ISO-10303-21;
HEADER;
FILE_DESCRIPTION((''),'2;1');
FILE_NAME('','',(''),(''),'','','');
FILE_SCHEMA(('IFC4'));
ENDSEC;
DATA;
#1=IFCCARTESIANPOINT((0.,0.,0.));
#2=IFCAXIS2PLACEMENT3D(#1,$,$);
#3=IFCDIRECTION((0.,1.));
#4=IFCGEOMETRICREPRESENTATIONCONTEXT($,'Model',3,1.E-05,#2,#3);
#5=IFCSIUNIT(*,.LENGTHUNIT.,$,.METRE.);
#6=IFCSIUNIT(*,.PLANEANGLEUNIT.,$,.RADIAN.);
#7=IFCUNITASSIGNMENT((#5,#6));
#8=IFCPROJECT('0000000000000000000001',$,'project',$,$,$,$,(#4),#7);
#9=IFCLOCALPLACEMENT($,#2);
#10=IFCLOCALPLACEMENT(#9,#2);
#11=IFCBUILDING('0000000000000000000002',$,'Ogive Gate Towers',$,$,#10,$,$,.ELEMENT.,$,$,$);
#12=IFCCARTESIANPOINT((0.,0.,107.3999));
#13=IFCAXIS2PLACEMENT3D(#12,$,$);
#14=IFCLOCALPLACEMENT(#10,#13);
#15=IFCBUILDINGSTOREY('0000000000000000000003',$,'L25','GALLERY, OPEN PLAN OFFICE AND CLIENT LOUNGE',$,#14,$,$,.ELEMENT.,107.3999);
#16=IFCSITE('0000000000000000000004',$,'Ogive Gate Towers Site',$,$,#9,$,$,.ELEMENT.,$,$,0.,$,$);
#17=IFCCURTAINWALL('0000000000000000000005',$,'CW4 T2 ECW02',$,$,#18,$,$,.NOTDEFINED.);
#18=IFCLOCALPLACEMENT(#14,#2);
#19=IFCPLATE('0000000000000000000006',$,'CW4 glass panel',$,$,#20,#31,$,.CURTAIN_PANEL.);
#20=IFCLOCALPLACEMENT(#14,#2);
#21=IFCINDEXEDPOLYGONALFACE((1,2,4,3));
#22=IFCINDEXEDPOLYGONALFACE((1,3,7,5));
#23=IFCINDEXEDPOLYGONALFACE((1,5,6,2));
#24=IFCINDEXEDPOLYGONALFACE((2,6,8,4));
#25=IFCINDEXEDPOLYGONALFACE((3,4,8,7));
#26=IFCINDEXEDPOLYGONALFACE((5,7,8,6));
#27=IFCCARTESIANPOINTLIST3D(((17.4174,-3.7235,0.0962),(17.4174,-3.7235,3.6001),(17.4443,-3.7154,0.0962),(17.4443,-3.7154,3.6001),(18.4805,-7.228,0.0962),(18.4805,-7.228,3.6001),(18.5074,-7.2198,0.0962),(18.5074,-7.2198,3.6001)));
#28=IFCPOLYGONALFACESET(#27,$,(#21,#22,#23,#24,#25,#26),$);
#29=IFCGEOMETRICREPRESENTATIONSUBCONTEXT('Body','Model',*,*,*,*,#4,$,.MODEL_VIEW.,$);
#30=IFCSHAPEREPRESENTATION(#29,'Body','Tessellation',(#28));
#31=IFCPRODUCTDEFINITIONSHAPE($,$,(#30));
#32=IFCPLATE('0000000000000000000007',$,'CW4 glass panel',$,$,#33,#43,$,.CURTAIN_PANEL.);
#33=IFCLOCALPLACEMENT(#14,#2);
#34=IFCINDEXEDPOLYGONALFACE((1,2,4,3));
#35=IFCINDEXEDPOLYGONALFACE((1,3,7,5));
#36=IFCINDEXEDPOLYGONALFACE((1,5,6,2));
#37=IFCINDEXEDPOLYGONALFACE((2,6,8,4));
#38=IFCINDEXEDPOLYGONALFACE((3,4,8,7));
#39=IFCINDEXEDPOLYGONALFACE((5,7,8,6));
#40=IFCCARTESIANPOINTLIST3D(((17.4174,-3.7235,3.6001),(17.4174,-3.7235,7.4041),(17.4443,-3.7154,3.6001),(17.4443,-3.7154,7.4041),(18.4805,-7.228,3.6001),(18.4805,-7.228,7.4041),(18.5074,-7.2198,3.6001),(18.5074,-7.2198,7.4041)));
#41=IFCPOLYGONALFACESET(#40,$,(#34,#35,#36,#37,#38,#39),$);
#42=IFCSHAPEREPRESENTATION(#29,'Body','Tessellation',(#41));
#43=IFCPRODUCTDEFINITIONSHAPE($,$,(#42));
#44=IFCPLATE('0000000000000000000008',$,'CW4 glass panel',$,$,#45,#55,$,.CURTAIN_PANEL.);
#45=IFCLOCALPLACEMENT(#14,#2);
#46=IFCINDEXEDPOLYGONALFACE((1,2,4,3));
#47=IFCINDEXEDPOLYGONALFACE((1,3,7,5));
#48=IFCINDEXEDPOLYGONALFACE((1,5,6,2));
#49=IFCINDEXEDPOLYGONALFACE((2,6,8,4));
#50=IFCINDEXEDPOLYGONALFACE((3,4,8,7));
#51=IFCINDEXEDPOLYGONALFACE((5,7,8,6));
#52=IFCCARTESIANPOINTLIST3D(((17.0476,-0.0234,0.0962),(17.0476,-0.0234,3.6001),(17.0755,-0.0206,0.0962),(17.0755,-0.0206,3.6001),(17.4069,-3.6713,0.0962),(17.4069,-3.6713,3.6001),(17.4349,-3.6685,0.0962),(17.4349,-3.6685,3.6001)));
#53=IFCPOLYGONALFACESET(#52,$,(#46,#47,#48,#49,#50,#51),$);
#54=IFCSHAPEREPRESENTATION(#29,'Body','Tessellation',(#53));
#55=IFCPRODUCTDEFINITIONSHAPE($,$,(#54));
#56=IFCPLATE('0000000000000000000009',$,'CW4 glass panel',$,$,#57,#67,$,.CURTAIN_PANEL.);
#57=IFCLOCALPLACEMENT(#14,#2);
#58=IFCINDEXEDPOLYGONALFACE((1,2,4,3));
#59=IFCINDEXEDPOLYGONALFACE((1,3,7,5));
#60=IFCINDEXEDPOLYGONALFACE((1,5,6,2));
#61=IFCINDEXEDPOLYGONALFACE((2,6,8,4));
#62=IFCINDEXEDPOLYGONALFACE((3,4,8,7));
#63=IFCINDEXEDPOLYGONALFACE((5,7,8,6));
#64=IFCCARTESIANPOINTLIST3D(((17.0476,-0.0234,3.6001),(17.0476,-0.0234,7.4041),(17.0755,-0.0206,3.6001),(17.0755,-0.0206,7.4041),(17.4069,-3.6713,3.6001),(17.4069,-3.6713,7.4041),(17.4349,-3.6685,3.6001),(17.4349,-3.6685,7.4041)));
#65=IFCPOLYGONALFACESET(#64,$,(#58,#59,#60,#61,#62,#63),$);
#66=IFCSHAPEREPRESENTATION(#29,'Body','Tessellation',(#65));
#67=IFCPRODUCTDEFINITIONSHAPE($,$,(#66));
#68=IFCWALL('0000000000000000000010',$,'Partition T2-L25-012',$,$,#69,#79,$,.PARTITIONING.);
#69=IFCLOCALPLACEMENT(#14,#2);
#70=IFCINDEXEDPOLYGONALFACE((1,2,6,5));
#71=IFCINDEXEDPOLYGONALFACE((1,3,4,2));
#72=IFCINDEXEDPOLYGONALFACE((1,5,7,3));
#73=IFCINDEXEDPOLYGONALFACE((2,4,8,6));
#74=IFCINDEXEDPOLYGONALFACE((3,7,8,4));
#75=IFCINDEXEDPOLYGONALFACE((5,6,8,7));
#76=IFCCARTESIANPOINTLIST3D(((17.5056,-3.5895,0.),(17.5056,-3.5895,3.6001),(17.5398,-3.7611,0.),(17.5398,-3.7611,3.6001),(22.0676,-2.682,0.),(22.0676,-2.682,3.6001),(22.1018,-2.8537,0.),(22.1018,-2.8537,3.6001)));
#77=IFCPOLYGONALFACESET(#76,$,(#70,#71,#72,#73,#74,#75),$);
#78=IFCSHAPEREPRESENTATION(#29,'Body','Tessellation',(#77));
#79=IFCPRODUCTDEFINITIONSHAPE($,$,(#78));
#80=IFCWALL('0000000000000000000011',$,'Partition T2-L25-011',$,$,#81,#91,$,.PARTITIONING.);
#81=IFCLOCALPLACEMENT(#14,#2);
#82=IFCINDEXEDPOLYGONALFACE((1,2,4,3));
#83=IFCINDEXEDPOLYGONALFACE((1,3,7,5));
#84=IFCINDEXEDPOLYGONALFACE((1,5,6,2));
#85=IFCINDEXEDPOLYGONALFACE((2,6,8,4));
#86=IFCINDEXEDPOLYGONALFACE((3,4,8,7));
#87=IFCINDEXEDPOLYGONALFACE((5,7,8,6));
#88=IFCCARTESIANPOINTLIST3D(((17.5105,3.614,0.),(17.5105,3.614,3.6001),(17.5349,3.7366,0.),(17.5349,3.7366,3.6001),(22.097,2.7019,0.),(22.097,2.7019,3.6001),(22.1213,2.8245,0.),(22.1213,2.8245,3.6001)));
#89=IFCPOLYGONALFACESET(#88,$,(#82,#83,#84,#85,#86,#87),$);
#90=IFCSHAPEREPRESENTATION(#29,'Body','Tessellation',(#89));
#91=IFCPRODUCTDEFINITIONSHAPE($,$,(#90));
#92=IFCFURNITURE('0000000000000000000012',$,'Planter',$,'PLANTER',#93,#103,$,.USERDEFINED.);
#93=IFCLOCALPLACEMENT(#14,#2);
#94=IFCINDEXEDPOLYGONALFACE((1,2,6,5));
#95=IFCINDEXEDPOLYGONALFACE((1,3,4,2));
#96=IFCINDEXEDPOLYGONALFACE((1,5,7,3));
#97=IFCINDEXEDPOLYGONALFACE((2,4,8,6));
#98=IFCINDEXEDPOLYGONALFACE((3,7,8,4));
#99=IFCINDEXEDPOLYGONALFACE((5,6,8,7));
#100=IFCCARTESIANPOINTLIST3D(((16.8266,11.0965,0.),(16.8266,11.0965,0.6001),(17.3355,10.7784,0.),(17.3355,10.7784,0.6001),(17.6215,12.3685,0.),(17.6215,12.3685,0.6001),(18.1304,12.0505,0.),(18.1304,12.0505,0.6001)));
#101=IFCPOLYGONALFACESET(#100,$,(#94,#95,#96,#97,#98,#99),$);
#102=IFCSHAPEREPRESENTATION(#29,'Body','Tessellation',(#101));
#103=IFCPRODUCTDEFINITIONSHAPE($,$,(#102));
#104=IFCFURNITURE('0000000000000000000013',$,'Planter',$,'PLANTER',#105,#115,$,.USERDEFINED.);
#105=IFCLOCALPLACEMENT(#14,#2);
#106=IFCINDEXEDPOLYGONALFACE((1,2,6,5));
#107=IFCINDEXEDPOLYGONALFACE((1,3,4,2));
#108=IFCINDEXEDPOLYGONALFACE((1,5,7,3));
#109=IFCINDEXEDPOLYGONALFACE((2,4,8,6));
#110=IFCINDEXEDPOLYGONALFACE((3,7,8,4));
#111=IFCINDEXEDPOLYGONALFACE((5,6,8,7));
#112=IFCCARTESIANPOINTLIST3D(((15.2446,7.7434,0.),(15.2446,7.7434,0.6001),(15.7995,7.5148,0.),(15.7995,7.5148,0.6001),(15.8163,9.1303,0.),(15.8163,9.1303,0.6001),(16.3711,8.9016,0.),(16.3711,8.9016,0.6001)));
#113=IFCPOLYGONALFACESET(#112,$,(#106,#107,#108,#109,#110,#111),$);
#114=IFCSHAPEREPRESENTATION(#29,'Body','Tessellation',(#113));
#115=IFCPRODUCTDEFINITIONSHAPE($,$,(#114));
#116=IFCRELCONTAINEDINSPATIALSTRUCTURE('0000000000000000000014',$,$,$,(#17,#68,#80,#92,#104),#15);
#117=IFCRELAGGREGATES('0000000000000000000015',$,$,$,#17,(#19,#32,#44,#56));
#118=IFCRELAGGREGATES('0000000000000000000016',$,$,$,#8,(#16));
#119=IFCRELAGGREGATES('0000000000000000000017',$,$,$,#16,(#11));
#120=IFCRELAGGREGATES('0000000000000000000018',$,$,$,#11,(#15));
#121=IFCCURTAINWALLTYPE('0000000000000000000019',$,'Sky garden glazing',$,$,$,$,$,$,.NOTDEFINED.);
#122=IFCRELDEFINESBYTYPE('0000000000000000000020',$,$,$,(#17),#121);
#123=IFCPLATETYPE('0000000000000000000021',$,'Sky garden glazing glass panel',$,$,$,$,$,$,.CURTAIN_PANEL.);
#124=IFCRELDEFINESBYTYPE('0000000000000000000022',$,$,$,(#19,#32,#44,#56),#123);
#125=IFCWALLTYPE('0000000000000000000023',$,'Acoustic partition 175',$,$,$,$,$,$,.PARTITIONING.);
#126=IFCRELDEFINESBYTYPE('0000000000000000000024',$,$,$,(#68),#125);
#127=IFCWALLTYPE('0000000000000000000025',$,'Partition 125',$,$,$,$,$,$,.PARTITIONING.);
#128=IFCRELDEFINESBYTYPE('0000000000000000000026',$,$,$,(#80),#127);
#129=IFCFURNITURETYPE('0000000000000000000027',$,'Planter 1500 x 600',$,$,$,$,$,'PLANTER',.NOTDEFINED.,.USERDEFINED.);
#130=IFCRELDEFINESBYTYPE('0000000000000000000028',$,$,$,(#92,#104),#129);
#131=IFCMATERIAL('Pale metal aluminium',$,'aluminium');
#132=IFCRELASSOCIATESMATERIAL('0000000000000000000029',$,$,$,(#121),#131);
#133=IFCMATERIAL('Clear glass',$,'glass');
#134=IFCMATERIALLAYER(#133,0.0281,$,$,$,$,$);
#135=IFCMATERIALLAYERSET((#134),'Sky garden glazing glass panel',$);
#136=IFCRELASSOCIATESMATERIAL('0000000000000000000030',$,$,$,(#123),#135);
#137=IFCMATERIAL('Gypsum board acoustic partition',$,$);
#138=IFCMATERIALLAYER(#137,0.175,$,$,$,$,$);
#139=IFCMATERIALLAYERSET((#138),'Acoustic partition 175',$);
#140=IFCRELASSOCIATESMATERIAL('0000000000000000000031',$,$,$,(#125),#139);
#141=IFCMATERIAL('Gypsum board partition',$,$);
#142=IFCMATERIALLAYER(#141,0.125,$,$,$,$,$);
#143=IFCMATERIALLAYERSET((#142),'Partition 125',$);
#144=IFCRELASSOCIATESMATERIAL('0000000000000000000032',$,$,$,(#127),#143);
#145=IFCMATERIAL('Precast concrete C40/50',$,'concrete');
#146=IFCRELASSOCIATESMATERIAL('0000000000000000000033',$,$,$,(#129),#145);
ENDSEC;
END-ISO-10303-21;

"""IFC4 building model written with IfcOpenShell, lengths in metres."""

from ifc_helpers import new_model, si_unit, direction, frame, frame_2d, origin, origin_2d, place, context, subcontext, project, spatial, rectangle, extrude, material, layer, layer_set, type_object, element, aggregate, save


model = new_model("IFC4")

# Units and contexts
model_context = context("Model", 3, precision=1e-05, world=origin(), true_north=direction((0.0, 1.0)))
body_context = subcontext(model_context, "Body", "Model", "MODEL_VIEW")
ifc_project = project(units=[si_unit("LENGTHUNIT", "METRE"), si_unit("PLANEANGLEUNIT", "RADIAN")], contexts=[model_context])

# Site, building, storey
site_placement = place(None, origin())
site = spatial("IfcSite", under=ifc_project, at=site_placement, Name="Ogive Gate Towers Site", CompositionType="ELEMENT", RefElevation=0.0)
building_placement = place(site_placement, origin())
building = spatial("IfcBuilding", under=site, at=building_placement, Name="Ogive Gate Towers", CompositionType="ELEMENT")
storey_placement = place(building_placement, frame((0.0, 0.0, 107.3999)))
storey = spatial("IfcBuildingStorey", under=building, at=storey_placement, Name="L25", Description="GALLERY, OPEN PLAN OFFICE AND CLIENT LOUNGE", CompositionType="ELEMENT", Elevation=107.3999)

# Shared definitions
ifc_material_1 = material(Name="Pale metal aluminium", Category="aluminium")
curtain_wall_type = type_object("IfcCurtainWallType", Name="Sky garden glazing", PredefinedType="NOTDEFINED", material=ifc_material_1)

# Curtain wall
curtain_wall_1_placement = place(storey_placement, origin())
curtain_wall_1 = element("IfcCurtainWall", 1, at=curtain_wall_1_placement, inside=storey, type_object=curtain_wall_type, Name="CW4 T2 ECW02", PredefinedType="NOTDEFINED")

# Plates
ifc_material_2 = material(Name="Clear glass", Category="glass")
ifc_layer_1 = layer(ifc_material_2, 0.0281)
ifc_layer_set_1 = layer_set([ifc_layer_1], Name="Sky garden glazing glass panel")
plate_type = type_object("IfcPlateType", Name="Sky garden glazing glass panel", PredefinedType="CURTAIN_PANEL", material=ifc_layer_set_1)
plate_1_placement = place(storey_placement, frame((17.9624, -5.4717, 0.0962), z_axis=(0.0, 0.0, 1.0), x_axis=(-0.290285, 0.95694, 0.0)))
plate_1 = element("IfcPlate", 2, at=plate_1_placement, type_object=plate_type, Name="CW4 glass panel", PredefinedType="CURTAIN_PANEL", context=body_context, shape_type="SweptSolid", body=[
    extrude(rectangle(XDim=3.6621, YDim=0.0281, at=origin_2d()), origin(), (0.0, 0.0, 1.0), 3.5039),
])
plate_2_placement = place(storey_placement, frame((17.9624, -5.4717, 3.6001), z_axis=(0.0, 0.0, 1.0), x_axis=(-0.290285, 0.95694, 0.0)))
plate_2 = element("IfcPlate", 3, at=plate_2_placement, type_object=plate_type, Name="CW4 glass panel", PredefinedType="CURTAIN_PANEL", context=body_context, shape_type="SweptSolid", body=[
    extrude(rectangle(XDim=3.6621, YDim=0.0281, at=origin_2d()), origin(), (0.0, 0.0, 1.0), 3.804),
])
plate_3_placement = place(storey_placement, frame((17.2412, -1.8459, 0.0962), z_axis=(0.0, 0.0, 1.0), x_axis=(-0.098035, 0.995183, 0.0)))
plate_3 = element("IfcPlate", 4, at=plate_3_placement, type_object=plate_type, Name="CW4 glass panel", PredefinedType="CURTAIN_PANEL", context=body_context, shape_type="SweptSolid", body=[
    extrude(rectangle(XDim=3.6655, YDim=0.0281, at=origin_2d()), origin(), (0.0, 0.0, 1.0), 3.5039),
])
plate_4_placement = place(storey_placement, frame((17.2412, -1.8459, 3.6001), z_axis=(0.0, 0.0, 1.0), x_axis=(-0.098035, 0.995183, 0.0)))
plate_4 = element("IfcPlate", 5, at=plate_4_placement, type_object=plate_type, Name="CW4 glass panel", PredefinedType="CURTAIN_PANEL", context=body_context, shape_type="SweptSolid", body=[
    extrude(rectangle(XDim=3.6655, YDim=0.0281, at=origin_2d()), origin(), (0.0, 0.0, 1.0), 3.804),
])
aggregate(curtain_wall_1, [plate_1, plate_2, plate_3, plate_4])

# Wall
ifc_material_3 = material(Name="Gypsum board acoustic partition")
ifc_layer_2 = layer(ifc_material_3, 0.175)
ifc_layer_set_2 = layer_set([ifc_layer_2], Name="Acoustic partition 175")
wall_type_1 = type_object("IfcWallType", Name="Acoustic partition 175", PredefinedType="PARTITIONING", material=ifc_layer_set_2)
wall_1_placement = place(storey_placement, frame((17.5227, -3.6753, 0.0), z_axis=(0.0, 0.0, 1.0), x_axis=(0.980784, 0.195097, 0.0)))
element("IfcWall", 6, at=wall_1_placement, inside=storey, type_object=wall_type_1, Name="Partition T2-L25-012", PredefinedType="PARTITIONING", context=body_context, shape_type="SweptSolid", body=[
    extrude(rectangle(XDim=4.6514, YDim=0.175, at=frame_2d((2.3257, 0.0))), origin(), (0.0, 0.0, 1.0), 3.6001),
])

# Wall
ifc_material_4 = material(Name="Gypsum board partition")
ifc_layer_3 = layer(ifc_material_4, 0.125)
ifc_layer_set_3 = layer_set([ifc_layer_3], Name="Partition 125")
wall_type_2 = type_object("IfcWallType", Name="Partition 125", PredefinedType="PARTITIONING", material=ifc_layer_set_3)
wall_2_placement = place(storey_placement, frame((17.5227, 3.6753, 0.0), z_axis=(0.0, 0.0, 1.0), x_axis=(0.980793, -0.195052, 0.0)))
element("IfcWall", 7, at=wall_2_placement, inside=storey, type_object=wall_type_2, Name="Partition T2-L25-011", PredefinedType="PARTITIONING", context=body_context, shape_type="SweptSolid", body=[
    extrude(rectangle(XDim=4.6763, YDim=0.125, at=frame_2d((2.3381, 0.0))), origin(), (0.0, 0.0, 1.0), 3.6001),
])

# Furniture
ifc_material_5 = material(Name="Precast concrete C40/50", Category="concrete")
furniture_type = type_object("IfcFurnitureType", Name="Planter 1500 x 600", ElementType="PLANTER", AssemblyPlace="NOTDEFINED", PredefinedType="USERDEFINED", material=ifc_material_5)
for number, where, z_axis, x_axis, name in (
    (8, (17.4785, 11.5735, 0.0), (0.0, 0.0, 1.0), (-0.529919, -0.848048, 0.0), "Planter"),
    (9, (15.8079, 8.3225, 0.0), (0.0, 0.0, 1.0), (-0.38107, -0.924546, 0.0), "Planter"),
):
    element("IfcFurniture", number, at=place(storey_placement, frame(where, z_axis=z_axis, x_axis=x_axis)), inside=storey, type_object=furniture_type, Name=name, ObjectType="PLANTER", PredefinedType="USERDEFINED", context=body_context, shape_type="SweptSolid", body=[
        extrude(rectangle(XDim=1.5, YDim=0.6001, at=origin_2d()), origin(), (0.0, 0.0, 1.0), 0.6001),
    ])

save(model, "model.ifc")
